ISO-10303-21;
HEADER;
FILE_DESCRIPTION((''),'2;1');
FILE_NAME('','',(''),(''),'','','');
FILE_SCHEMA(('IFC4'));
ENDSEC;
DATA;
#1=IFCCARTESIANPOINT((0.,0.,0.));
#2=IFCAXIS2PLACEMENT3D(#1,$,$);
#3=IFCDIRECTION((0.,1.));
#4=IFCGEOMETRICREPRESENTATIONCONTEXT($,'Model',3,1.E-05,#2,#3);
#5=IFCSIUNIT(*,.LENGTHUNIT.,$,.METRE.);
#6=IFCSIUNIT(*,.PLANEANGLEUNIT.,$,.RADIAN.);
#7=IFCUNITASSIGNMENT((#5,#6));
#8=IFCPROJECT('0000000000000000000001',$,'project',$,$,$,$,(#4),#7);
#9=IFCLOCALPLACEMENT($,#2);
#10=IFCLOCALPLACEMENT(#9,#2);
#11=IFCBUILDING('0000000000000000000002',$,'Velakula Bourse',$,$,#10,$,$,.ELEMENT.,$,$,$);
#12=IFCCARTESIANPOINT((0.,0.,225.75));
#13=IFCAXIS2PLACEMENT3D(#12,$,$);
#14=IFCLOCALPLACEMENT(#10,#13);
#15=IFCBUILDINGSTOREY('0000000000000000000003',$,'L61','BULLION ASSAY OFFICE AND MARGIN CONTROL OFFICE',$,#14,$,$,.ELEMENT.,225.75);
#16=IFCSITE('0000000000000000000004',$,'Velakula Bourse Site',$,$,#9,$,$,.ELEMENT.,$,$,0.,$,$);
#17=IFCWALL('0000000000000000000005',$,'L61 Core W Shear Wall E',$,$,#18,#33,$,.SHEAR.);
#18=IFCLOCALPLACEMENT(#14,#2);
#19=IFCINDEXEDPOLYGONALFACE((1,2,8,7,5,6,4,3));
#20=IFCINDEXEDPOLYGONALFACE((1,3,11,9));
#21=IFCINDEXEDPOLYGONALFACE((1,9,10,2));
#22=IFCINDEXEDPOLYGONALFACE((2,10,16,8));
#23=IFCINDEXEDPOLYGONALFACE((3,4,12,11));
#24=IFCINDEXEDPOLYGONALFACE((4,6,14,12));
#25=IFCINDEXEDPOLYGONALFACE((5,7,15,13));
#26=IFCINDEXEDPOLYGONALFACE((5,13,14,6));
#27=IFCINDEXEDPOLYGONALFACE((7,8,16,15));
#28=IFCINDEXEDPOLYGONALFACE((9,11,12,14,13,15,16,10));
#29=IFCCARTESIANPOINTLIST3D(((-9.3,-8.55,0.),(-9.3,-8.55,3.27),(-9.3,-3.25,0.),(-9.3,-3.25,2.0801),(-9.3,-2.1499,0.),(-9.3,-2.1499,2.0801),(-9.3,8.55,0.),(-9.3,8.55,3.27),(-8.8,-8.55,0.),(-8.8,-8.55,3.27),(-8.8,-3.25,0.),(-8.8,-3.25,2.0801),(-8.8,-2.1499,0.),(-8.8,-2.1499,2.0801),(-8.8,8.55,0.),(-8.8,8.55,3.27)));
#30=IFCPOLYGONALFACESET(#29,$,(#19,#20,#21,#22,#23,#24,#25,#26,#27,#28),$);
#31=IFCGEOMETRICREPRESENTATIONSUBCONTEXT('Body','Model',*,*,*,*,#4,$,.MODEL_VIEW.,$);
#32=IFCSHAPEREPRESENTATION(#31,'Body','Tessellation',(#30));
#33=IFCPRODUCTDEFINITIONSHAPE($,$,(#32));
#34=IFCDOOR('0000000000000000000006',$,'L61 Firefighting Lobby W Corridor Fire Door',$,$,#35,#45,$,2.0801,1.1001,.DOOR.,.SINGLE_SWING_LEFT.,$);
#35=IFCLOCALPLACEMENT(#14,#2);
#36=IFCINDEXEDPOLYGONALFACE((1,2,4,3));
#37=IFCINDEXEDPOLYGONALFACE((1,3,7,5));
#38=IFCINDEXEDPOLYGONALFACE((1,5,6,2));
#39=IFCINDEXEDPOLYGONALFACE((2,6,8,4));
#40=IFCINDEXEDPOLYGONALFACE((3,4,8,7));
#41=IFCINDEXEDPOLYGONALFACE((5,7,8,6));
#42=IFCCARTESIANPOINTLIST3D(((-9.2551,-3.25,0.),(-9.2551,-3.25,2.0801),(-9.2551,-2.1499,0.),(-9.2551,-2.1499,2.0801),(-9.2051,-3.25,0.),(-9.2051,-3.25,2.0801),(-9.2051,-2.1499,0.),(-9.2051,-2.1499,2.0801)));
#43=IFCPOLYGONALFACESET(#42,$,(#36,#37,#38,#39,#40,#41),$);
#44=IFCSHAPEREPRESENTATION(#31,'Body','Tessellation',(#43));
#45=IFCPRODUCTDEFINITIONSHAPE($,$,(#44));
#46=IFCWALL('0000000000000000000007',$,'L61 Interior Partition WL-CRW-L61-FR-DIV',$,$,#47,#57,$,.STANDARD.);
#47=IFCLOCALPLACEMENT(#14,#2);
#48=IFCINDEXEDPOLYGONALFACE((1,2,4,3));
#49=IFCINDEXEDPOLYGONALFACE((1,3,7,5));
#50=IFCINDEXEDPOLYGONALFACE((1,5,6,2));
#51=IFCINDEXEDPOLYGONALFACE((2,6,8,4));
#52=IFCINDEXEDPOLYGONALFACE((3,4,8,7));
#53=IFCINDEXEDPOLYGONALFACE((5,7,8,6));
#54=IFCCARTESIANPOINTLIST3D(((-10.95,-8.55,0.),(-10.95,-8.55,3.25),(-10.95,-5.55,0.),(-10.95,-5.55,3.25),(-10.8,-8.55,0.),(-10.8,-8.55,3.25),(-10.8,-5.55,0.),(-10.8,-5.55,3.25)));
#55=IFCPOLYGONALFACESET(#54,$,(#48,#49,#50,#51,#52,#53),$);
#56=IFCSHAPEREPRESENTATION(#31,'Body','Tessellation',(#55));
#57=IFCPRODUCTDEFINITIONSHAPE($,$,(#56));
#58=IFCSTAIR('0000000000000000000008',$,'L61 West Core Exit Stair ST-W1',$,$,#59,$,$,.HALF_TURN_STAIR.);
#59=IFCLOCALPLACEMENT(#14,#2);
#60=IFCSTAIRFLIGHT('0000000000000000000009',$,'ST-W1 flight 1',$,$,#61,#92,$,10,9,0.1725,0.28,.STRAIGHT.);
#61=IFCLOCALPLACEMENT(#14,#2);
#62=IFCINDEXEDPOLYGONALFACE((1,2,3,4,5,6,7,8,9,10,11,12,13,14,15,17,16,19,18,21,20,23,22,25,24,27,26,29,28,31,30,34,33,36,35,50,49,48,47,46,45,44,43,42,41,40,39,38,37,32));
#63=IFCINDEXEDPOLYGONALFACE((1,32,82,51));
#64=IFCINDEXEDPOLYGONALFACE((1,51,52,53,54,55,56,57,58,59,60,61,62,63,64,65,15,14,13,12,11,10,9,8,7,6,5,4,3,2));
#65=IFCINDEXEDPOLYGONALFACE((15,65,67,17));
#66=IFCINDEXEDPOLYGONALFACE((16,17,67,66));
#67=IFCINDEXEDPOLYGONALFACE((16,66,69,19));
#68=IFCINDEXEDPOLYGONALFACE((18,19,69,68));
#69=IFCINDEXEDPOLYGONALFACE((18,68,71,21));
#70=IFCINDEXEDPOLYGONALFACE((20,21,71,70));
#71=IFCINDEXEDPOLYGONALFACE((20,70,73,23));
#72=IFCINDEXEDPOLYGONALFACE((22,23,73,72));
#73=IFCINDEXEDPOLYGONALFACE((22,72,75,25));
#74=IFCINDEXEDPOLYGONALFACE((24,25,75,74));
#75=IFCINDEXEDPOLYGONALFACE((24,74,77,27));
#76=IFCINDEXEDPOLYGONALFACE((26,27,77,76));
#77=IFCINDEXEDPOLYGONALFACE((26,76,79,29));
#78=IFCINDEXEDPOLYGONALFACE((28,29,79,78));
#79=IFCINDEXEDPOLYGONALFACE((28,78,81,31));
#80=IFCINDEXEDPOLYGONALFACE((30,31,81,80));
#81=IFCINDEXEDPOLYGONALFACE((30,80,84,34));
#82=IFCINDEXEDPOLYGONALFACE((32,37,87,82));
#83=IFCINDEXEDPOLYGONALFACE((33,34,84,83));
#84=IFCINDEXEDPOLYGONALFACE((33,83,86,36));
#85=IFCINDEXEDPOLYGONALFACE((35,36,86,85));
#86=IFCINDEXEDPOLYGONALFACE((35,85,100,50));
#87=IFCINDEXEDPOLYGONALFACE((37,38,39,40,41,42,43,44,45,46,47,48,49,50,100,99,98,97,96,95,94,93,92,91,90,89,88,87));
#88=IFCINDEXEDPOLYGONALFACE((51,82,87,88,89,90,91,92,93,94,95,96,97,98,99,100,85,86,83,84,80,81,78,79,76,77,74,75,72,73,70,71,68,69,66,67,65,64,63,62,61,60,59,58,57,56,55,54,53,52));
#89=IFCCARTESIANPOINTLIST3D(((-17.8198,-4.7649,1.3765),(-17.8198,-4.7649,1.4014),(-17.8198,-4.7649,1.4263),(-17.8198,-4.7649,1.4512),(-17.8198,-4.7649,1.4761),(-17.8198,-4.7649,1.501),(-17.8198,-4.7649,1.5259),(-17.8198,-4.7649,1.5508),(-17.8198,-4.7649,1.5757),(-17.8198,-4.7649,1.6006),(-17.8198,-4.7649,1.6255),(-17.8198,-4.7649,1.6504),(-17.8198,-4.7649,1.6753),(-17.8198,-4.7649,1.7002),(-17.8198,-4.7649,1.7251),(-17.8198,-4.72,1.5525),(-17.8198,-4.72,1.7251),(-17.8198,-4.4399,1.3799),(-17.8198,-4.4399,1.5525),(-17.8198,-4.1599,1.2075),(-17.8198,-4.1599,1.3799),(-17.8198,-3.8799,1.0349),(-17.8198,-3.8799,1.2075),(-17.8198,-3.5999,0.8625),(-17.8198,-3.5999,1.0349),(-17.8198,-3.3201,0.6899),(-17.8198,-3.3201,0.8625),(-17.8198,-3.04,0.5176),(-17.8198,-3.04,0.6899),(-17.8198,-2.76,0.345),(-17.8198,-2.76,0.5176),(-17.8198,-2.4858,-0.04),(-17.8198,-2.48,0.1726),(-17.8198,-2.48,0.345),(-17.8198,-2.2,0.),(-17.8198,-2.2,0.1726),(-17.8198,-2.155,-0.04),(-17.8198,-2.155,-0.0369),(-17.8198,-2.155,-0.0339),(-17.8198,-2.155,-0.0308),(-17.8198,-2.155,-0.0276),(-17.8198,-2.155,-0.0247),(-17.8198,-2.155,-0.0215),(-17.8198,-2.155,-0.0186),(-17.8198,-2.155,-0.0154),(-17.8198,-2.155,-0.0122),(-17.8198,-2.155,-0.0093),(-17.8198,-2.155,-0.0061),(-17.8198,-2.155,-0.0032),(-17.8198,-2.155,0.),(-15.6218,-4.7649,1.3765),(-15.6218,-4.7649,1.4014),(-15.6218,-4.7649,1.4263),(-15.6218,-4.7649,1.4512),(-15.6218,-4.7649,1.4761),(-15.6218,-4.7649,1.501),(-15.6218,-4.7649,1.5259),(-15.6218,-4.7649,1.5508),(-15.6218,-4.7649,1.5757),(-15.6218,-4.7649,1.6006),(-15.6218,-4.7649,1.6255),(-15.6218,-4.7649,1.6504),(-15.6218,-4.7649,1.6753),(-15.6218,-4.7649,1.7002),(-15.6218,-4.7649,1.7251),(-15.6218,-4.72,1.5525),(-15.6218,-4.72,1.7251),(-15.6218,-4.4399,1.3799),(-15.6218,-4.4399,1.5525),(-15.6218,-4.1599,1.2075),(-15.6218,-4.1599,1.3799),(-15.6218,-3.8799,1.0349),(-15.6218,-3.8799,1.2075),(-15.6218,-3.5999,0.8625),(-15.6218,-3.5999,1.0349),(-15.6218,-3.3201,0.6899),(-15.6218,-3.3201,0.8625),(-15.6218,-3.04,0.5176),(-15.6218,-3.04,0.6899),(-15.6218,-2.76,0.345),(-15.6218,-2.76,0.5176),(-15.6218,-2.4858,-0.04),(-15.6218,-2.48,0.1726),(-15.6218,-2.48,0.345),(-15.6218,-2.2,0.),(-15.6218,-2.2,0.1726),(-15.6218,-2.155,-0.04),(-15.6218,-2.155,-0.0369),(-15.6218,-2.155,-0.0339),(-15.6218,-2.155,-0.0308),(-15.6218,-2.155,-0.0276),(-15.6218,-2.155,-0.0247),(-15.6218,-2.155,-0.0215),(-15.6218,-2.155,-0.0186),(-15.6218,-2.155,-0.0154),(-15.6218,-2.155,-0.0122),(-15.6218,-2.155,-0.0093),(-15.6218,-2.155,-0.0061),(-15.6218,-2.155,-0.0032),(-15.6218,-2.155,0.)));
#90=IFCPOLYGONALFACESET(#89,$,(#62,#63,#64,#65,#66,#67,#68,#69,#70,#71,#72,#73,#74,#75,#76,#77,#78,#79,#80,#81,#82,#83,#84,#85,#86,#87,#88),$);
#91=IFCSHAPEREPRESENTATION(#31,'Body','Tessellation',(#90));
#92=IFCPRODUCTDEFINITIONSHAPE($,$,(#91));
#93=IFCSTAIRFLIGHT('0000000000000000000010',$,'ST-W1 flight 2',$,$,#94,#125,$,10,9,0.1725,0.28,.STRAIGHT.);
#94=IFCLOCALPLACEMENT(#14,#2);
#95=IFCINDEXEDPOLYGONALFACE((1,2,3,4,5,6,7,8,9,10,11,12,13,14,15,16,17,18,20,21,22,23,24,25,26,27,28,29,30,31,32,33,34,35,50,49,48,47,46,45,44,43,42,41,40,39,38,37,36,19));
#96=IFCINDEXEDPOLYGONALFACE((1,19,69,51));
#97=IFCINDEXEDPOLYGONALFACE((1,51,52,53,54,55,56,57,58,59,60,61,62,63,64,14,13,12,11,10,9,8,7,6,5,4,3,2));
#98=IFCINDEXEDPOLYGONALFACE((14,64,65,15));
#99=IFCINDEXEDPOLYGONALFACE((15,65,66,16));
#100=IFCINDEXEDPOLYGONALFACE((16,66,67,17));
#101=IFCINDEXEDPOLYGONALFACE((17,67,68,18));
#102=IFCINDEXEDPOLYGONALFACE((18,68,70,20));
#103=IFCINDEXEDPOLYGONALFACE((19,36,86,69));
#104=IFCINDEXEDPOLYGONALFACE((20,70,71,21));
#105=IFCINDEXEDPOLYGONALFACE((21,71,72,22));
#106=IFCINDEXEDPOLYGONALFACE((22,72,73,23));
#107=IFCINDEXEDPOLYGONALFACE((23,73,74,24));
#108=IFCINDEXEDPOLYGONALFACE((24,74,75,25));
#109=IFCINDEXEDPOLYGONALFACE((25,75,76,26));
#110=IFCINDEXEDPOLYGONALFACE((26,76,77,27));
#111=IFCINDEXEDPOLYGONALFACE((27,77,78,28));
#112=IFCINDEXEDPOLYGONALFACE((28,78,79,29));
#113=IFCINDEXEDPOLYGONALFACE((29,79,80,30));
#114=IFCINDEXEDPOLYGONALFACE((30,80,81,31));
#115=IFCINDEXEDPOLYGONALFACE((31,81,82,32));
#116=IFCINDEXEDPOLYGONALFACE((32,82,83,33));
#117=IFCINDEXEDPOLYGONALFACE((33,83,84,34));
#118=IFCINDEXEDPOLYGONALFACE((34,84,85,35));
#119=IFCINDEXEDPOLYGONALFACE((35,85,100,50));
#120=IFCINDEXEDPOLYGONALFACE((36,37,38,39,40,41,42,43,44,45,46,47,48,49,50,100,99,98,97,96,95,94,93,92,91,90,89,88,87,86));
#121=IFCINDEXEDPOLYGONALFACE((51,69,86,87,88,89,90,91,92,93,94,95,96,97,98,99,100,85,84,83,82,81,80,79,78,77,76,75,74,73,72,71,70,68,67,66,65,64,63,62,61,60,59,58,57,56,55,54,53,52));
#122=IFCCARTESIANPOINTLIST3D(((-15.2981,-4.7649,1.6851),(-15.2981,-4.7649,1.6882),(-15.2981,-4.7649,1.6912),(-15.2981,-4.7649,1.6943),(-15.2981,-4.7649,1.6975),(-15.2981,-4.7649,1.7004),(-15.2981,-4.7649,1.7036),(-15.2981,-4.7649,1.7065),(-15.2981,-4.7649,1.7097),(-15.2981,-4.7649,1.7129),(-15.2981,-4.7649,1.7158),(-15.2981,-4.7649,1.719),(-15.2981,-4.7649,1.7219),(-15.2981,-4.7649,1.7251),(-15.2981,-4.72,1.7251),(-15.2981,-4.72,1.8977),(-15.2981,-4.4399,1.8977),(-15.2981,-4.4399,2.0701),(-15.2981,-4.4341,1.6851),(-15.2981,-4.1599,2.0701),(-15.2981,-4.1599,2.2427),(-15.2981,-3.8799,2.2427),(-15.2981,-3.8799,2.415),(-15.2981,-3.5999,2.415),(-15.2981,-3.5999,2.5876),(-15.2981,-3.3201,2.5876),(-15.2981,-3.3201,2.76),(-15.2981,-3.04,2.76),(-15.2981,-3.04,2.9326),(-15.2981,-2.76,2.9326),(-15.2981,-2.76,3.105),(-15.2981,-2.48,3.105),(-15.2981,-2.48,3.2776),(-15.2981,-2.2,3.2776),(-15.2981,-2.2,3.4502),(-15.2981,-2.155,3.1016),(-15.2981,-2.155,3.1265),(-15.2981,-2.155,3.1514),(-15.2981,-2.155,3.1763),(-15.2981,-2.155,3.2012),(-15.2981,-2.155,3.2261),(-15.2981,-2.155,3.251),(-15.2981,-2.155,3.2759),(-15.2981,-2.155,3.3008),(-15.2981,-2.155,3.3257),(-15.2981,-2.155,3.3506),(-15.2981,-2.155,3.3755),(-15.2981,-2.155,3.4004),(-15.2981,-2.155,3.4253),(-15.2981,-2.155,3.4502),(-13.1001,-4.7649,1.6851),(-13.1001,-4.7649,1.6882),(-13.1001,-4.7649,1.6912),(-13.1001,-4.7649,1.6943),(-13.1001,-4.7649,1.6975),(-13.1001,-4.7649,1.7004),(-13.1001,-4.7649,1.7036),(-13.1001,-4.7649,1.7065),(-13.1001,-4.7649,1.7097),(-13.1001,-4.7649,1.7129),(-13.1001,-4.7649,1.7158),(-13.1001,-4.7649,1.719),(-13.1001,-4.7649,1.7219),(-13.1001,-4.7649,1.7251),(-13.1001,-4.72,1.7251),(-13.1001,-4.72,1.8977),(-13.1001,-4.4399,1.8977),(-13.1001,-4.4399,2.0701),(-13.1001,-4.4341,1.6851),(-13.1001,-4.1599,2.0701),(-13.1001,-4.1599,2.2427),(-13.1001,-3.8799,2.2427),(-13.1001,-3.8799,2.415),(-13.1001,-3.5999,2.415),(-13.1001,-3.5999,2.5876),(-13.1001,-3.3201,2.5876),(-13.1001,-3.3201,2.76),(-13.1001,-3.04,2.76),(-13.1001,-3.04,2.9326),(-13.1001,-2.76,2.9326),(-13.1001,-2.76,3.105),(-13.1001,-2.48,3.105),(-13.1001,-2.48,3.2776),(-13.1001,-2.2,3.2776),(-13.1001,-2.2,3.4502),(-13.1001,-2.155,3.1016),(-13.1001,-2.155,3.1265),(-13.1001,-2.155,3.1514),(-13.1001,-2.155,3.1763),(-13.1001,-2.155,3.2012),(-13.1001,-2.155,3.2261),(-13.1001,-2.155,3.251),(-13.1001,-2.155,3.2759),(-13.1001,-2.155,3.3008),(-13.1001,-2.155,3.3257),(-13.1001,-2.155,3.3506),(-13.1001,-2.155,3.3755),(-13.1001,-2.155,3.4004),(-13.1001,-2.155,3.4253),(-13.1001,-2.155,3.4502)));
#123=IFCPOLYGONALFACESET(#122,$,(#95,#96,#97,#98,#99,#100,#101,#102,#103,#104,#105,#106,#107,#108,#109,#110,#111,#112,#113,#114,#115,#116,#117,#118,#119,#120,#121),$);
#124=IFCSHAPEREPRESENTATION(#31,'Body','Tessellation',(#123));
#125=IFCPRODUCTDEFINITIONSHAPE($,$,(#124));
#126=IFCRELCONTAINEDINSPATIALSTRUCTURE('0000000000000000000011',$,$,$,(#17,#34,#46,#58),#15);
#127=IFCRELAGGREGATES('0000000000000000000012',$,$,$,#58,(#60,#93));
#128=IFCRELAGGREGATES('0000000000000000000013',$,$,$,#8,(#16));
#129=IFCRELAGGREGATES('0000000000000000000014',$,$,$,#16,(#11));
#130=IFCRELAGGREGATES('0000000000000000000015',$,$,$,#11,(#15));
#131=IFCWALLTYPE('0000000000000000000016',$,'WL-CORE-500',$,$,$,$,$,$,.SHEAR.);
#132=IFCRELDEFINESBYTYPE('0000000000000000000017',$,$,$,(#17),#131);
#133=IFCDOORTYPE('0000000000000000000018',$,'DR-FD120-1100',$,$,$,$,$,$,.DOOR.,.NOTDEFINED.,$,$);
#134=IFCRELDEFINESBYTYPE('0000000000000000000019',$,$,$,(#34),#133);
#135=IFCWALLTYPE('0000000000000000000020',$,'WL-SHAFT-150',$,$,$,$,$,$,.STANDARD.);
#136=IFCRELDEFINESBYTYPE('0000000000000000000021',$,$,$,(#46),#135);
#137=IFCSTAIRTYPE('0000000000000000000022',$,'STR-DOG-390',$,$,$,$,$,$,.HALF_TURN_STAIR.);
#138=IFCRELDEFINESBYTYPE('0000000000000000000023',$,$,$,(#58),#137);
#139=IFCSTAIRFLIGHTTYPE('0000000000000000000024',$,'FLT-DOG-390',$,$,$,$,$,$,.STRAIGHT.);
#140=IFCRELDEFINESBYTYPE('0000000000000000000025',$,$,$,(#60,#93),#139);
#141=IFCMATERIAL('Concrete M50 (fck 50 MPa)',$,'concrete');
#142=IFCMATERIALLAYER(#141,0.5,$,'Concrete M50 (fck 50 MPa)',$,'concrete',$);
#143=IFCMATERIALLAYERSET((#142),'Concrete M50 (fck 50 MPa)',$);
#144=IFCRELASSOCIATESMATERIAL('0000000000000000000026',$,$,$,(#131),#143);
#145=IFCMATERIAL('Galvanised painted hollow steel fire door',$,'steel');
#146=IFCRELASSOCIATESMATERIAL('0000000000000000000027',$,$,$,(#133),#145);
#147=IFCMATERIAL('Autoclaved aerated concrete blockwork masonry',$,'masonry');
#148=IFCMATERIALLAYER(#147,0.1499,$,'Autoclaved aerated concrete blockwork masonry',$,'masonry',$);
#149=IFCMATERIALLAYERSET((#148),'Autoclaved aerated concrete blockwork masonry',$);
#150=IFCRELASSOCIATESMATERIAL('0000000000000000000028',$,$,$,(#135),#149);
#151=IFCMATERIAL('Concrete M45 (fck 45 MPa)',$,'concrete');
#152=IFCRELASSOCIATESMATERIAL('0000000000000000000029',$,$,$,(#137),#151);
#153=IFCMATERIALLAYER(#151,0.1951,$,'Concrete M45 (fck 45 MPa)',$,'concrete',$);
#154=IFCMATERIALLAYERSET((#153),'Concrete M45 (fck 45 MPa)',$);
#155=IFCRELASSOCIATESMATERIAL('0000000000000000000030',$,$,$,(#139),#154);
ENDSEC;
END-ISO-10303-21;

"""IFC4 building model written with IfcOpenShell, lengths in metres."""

from ifc_helpers import new_model, si_unit, direction, frame, frame_2d, origin, place, context, subcontext, project, spatial, polyline, rectangle, outline, extrude, material, layer, layer_set, type_object, element, fill, aggregate, save


model = new_model("IFC4")

# Units and contexts
model_context = context("Model", 3, precision=1e-05, world=origin(), true_north=direction((0.0, 1.0)))
body_context = subcontext(model_context, "Body", "Model", "MODEL_VIEW")
ifc_project = project(units=[si_unit("LENGTHUNIT", "METRE"), si_unit("PLANEANGLEUNIT", "RADIAN")], contexts=[model_context])

# Site, building, storey
site_placement = place(None, origin())
site = spatial("IfcSite", under=ifc_project, at=site_placement, Name="Velakula Bourse Site", CompositionType="ELEMENT", RefElevation=0.0)
building_placement = place(site_placement, origin())
building = spatial("IfcBuilding", under=site, at=building_placement, Name="Velakula Bourse", CompositionType="ELEMENT")
storey_placement = place(building_placement, frame((0.0, 0.0, 225.75)))
storey = spatial("IfcBuildingStorey", under=building, at=storey_placement, Name="L61", Description="BULLION ASSAY OFFICE AND MARGIN CONTROL OFFICE", CompositionType="ELEMENT", Elevation=225.75)

# Shared definitions
ifc_material_1 = material(Name="Concrete M50 (fck 50 MPa)", Category="concrete")

# Shared definitions
ifc_material_2 = material(Name="Galvanised painted hollow steel fire door", Category="steel")

# Wall, opening, door
ifc_layer_1 = layer(ifc_material_1, 0.5, Name="Concrete M50 (fck 50 MPa)", Category="concrete")
ifc_layer_set_1 = layer_set([ifc_layer_1], Name="Concrete M50 (fck 50 MPa)")
wall_type_1 = type_object("IfcWallType", Name="WL-CORE-500", PredefinedType="SHEAR", material=ifc_layer_set_1)
wall_1_placement = place(storey_placement, frame((-9.05, -8.55, 0.0), z_axis=(0.0, 0.0, 1.0), x_axis=(0.0, 1.0, 0.0)))
wall_1 = element("IfcWall", 1, at=wall_1_placement, inside=storey, type_object=wall_type_1, Name="L61 Core W Shear Wall E", PredefinedType="SHEAR", context=body_context, shape_type="SweptSolid", body=[
    extrude(rectangle(XDim=17.1001, YDim=0.5, at=frame_2d((8.55, 0.0))), origin(), (0.0, 0.0, 1.0), 3.27),
])
opening_1_placement = place(wall_1_placement, frame((5.3, 0.0, 0.0)))
opening_1 = element("IfcOpeningElement", 2, at=opening_1_placement, cuts=wall_1, PredefinedType="OPENING", context=body_context, shape_type="SweptSolid", body=[
    extrude(rectangle(XDim=1.1001, YDim=2.0801, at=frame_2d((0.55, 1.04))), frame((0.0, 0.26, 0.0), z_axis=(0.0, -1.0, 0.0), x_axis=(1.0, 0.0, 0.0)), (0.0, 0.0, 1.0), 0.52),
])
door_type_1 = type_object("IfcDoorType", Name="DR-FD120-1100", OperationType="NOTDEFINED", PredefinedType="DOOR", material=ifc_material_2)
door_1_placement = place(opening_1_placement, origin())
door_1 = element("IfcDoor", 3, at=door_1_placement, inside=storey, type_object=door_type_1, Name="L61 Firefighting Lobby W Corridor Fire Door", OperationType="SINGLE_SWING_LEFT", OverallHeight=2.0801, OverallWidth=1.1001, PredefinedType="DOOR", context=body_context, shape_type="SweptSolid", body=[
    extrude(rectangle(XDim=1.1001, YDim=2.0801, at=frame_2d((0.55, 1.04))), frame((0.0, 0.2051, 0.0), z_axis=(0.0, -1.0, 0.0), x_axis=(1.0, 0.0, 0.0)), (0.0, 0.0, 1.0), 0.05),
])
fill(opening_1, door_1)

# Shared definitions
ifc_material_3 = material(Name="Autoclaved aerated concrete blockwork masonry", Category="masonry")
ifc_layer_2 = layer(ifc_material_3, 0.1499, Name="Autoclaved aerated concrete blockwork masonry", Category="masonry")
ifc_layer_set_2 = layer_set([ifc_layer_2], Name="Autoclaved aerated concrete blockwork masonry")
wall_type_2 = type_object("IfcWallType", Name="WL-SHAFT-150", PredefinedType="STANDARD", material=ifc_layer_set_2)

# Wall
wall_2_placement = place(storey_placement, frame((-10.875, -8.55, 0.0), z_axis=(0.0, 0.0, 1.0), x_axis=(0.0, 1.0, 0.0)))
element("IfcWall", 4, at=wall_2_placement, inside=storey, type_object=wall_type_2, Name="L61 Interior Partition WL-CRW-L61-FR-DIV", PredefinedType="STANDARD", context=body_context, shape_type="SweptSolid", body=[
    extrude(rectangle(XDim=3.0, YDim=0.1499, at=frame_2d((1.5, 0.0))), origin(), (0.0, 0.0, 1.0), 3.25),
])

# Stair, stair flights
ifc_material_4 = material(Name="Concrete M45 (fck 45 MPa)", Category="concrete")
stair_type = type_object("IfcStairType", Name="STR-DOG-390", PredefinedType="HALF_TURN_STAIR", material=ifc_material_4)
stair_placement = place(storey_placement, origin())
stair = element("IfcStair", 5, at=stair_placement, inside=storey, type_object=stair_type, Name="L61 West Core Exit Stair ST-W1", PredefinedType="HALF_TURN_STAIR")
ifc_layer_3 = layer(ifc_material_4, 0.1951, Name="Concrete M45 (fck 45 MPa)", Category="concrete")
ifc_layer_set_3 = layer_set([ifc_layer_3], Name="Concrete M45 (fck 45 MPa)")
stair_flight_type = type_object("IfcStairFlightType", Name="FLT-DOG-390", PredefinedType="STRAIGHT", material=ifc_layer_set_3)
stair_flight_1_placement = place(storey_placement, frame((-16.7209, -2.2, 0.0), z_axis=(0.0, 0.0, 1.0), x_axis=(0.0, -1.0, 0.0)))
stair_flight_1 = element("IfcStairFlight", 6, at=stair_flight_1_placement, type_object=stair_flight_type, Name="ST-W1 flight 1", NumberOfRisers=10, NumberOfTreads=9, PredefinedType="STRAIGHT", RiserHeight=0.1725, TreadLength=0.28, context=body_context, shape_type="SweptSolid", body=[
    extrude(outline(polyline([(-0.0449, -0.04), (-0.0449, -0.0369), (-0.0449, -0.0339), (-0.0449, -0.0308), (-0.0449, -0.0276), (-0.0449, -0.0247), (-0.0449, -0.0215), (-0.0449, -0.0186), (-0.0449, -0.0154), (-0.0449, -0.0122), (-0.0449, -0.0093), (-0.0449, -0.0061), (-0.0449, -0.0032), (-0.0449, 0.0), (0.0, 0.0), (0.0, 0.1726), (0.28, 0.1726), (0.28, 0.345), (0.5601, 0.345), (0.5601, 0.5176), (0.8401, 0.5176), (0.8401, 0.6899), (1.1201, 0.6899), (1.1201, 0.8625), (1.3999, 0.8625), (1.3999, 1.0349), (1.6799, 1.0349), (1.6799, 1.2075), (1.96, 1.2075), (1.96, 1.3799), (2.24, 1.3799), (2.24, 1.5525), (2.52, 1.5525), (2.52, 1.7251), (2.5649, 1.7251), (2.5649, 1.7002), (2.5649, 1.6753), (2.5649, 1.6504), (2.5649, 1.6255), (2.5649, 1.6006), (2.5649, 1.5757), (2.5649, 1.5508), (2.5649, 1.5259), (2.5649, 1.501), (2.5649, 1.4761), (2.5649, 1.4512), (2.5649, 1.4263), (2.5649, 1.4014), (2.5649, 1.3765), (0.2859, -0.04), (-0.0449, -0.04)])), frame((0.0, 1.0991, 0.0), z_axis=(0.0, -1.0, 0.0), x_axis=(1.0, 0.0, 0.0)), (0.0, 0.0, 1.0), 2.198),
])
stair_flight_2_placement = place(storey_placement, frame((-14.199, -4.72, 1.7251), z_axis=(0.0, 0.0, 1.0), x_axis=(0.0, 1.0, 0.0)))
stair_flight_2 = element("IfcStairFlight", 7, at=stair_flight_2_placement, type_object=stair_flight_type, Name="ST-W1 flight 2", NumberOfRisers=10, NumberOfTreads=9, PredefinedType="STRAIGHT", RiserHeight=0.1725, TreadLength=0.28, context=body_context, shape_type="SweptSolid", body=[
    extrude(outline(polyline([(-0.0449, -0.04), (-0.0449, -0.0369), (-0.0449, -0.0339), (-0.0449, -0.0308), (-0.0449, -0.0276), (-0.0449, -0.0247), (-0.0449, -0.0215), (-0.0449, -0.0186), (-0.0449, -0.0154), (-0.0449, -0.0122), (-0.0449, -0.0093), (-0.0449, -0.0061), (-0.0449, -0.0032), (-0.0449, 0.0), (0.0, 0.0), (0.0, 0.1726), (0.28, 0.1726), (0.28, 0.345), (0.5601, 0.345), (0.5601, 0.5176), (0.8401, 0.5176), (0.8401, 0.6899), (1.1201, 0.6899), (1.1201, 0.8625), (1.3999, 0.8625), (1.3999, 1.0349), (1.6799, 1.0349), (1.6799, 1.2075), (1.96, 1.2075), (1.96, 1.3799), (2.24, 1.3799), (2.24, 1.5525), (2.52, 1.5525), (2.52, 1.7251), (2.5649, 1.7251), (2.5649, 1.7002), (2.5649, 1.6753), (2.5649, 1.6504), (2.5649, 1.6255), (2.5649, 1.6006), (2.5649, 1.5757), (2.5649, 1.5508), (2.5649, 1.5259), (2.5649, 1.501), (2.5649, 1.4761), (2.5649, 1.4512), (2.5649, 1.4263), (2.5649, 1.4014), (2.5649, 1.3765), (0.2859, -0.04), (-0.0449, -0.04)])), frame((0.0, 1.0991, 0.0), z_axis=(0.0, -1.0, 0.0), x_axis=(1.0, 0.0, 0.0)), (0.0, 0.0, 1.0), 2.198),
])
aggregate(stair, [stair_flight_1, stair_flight_2])

save(model, "model.ifc")
